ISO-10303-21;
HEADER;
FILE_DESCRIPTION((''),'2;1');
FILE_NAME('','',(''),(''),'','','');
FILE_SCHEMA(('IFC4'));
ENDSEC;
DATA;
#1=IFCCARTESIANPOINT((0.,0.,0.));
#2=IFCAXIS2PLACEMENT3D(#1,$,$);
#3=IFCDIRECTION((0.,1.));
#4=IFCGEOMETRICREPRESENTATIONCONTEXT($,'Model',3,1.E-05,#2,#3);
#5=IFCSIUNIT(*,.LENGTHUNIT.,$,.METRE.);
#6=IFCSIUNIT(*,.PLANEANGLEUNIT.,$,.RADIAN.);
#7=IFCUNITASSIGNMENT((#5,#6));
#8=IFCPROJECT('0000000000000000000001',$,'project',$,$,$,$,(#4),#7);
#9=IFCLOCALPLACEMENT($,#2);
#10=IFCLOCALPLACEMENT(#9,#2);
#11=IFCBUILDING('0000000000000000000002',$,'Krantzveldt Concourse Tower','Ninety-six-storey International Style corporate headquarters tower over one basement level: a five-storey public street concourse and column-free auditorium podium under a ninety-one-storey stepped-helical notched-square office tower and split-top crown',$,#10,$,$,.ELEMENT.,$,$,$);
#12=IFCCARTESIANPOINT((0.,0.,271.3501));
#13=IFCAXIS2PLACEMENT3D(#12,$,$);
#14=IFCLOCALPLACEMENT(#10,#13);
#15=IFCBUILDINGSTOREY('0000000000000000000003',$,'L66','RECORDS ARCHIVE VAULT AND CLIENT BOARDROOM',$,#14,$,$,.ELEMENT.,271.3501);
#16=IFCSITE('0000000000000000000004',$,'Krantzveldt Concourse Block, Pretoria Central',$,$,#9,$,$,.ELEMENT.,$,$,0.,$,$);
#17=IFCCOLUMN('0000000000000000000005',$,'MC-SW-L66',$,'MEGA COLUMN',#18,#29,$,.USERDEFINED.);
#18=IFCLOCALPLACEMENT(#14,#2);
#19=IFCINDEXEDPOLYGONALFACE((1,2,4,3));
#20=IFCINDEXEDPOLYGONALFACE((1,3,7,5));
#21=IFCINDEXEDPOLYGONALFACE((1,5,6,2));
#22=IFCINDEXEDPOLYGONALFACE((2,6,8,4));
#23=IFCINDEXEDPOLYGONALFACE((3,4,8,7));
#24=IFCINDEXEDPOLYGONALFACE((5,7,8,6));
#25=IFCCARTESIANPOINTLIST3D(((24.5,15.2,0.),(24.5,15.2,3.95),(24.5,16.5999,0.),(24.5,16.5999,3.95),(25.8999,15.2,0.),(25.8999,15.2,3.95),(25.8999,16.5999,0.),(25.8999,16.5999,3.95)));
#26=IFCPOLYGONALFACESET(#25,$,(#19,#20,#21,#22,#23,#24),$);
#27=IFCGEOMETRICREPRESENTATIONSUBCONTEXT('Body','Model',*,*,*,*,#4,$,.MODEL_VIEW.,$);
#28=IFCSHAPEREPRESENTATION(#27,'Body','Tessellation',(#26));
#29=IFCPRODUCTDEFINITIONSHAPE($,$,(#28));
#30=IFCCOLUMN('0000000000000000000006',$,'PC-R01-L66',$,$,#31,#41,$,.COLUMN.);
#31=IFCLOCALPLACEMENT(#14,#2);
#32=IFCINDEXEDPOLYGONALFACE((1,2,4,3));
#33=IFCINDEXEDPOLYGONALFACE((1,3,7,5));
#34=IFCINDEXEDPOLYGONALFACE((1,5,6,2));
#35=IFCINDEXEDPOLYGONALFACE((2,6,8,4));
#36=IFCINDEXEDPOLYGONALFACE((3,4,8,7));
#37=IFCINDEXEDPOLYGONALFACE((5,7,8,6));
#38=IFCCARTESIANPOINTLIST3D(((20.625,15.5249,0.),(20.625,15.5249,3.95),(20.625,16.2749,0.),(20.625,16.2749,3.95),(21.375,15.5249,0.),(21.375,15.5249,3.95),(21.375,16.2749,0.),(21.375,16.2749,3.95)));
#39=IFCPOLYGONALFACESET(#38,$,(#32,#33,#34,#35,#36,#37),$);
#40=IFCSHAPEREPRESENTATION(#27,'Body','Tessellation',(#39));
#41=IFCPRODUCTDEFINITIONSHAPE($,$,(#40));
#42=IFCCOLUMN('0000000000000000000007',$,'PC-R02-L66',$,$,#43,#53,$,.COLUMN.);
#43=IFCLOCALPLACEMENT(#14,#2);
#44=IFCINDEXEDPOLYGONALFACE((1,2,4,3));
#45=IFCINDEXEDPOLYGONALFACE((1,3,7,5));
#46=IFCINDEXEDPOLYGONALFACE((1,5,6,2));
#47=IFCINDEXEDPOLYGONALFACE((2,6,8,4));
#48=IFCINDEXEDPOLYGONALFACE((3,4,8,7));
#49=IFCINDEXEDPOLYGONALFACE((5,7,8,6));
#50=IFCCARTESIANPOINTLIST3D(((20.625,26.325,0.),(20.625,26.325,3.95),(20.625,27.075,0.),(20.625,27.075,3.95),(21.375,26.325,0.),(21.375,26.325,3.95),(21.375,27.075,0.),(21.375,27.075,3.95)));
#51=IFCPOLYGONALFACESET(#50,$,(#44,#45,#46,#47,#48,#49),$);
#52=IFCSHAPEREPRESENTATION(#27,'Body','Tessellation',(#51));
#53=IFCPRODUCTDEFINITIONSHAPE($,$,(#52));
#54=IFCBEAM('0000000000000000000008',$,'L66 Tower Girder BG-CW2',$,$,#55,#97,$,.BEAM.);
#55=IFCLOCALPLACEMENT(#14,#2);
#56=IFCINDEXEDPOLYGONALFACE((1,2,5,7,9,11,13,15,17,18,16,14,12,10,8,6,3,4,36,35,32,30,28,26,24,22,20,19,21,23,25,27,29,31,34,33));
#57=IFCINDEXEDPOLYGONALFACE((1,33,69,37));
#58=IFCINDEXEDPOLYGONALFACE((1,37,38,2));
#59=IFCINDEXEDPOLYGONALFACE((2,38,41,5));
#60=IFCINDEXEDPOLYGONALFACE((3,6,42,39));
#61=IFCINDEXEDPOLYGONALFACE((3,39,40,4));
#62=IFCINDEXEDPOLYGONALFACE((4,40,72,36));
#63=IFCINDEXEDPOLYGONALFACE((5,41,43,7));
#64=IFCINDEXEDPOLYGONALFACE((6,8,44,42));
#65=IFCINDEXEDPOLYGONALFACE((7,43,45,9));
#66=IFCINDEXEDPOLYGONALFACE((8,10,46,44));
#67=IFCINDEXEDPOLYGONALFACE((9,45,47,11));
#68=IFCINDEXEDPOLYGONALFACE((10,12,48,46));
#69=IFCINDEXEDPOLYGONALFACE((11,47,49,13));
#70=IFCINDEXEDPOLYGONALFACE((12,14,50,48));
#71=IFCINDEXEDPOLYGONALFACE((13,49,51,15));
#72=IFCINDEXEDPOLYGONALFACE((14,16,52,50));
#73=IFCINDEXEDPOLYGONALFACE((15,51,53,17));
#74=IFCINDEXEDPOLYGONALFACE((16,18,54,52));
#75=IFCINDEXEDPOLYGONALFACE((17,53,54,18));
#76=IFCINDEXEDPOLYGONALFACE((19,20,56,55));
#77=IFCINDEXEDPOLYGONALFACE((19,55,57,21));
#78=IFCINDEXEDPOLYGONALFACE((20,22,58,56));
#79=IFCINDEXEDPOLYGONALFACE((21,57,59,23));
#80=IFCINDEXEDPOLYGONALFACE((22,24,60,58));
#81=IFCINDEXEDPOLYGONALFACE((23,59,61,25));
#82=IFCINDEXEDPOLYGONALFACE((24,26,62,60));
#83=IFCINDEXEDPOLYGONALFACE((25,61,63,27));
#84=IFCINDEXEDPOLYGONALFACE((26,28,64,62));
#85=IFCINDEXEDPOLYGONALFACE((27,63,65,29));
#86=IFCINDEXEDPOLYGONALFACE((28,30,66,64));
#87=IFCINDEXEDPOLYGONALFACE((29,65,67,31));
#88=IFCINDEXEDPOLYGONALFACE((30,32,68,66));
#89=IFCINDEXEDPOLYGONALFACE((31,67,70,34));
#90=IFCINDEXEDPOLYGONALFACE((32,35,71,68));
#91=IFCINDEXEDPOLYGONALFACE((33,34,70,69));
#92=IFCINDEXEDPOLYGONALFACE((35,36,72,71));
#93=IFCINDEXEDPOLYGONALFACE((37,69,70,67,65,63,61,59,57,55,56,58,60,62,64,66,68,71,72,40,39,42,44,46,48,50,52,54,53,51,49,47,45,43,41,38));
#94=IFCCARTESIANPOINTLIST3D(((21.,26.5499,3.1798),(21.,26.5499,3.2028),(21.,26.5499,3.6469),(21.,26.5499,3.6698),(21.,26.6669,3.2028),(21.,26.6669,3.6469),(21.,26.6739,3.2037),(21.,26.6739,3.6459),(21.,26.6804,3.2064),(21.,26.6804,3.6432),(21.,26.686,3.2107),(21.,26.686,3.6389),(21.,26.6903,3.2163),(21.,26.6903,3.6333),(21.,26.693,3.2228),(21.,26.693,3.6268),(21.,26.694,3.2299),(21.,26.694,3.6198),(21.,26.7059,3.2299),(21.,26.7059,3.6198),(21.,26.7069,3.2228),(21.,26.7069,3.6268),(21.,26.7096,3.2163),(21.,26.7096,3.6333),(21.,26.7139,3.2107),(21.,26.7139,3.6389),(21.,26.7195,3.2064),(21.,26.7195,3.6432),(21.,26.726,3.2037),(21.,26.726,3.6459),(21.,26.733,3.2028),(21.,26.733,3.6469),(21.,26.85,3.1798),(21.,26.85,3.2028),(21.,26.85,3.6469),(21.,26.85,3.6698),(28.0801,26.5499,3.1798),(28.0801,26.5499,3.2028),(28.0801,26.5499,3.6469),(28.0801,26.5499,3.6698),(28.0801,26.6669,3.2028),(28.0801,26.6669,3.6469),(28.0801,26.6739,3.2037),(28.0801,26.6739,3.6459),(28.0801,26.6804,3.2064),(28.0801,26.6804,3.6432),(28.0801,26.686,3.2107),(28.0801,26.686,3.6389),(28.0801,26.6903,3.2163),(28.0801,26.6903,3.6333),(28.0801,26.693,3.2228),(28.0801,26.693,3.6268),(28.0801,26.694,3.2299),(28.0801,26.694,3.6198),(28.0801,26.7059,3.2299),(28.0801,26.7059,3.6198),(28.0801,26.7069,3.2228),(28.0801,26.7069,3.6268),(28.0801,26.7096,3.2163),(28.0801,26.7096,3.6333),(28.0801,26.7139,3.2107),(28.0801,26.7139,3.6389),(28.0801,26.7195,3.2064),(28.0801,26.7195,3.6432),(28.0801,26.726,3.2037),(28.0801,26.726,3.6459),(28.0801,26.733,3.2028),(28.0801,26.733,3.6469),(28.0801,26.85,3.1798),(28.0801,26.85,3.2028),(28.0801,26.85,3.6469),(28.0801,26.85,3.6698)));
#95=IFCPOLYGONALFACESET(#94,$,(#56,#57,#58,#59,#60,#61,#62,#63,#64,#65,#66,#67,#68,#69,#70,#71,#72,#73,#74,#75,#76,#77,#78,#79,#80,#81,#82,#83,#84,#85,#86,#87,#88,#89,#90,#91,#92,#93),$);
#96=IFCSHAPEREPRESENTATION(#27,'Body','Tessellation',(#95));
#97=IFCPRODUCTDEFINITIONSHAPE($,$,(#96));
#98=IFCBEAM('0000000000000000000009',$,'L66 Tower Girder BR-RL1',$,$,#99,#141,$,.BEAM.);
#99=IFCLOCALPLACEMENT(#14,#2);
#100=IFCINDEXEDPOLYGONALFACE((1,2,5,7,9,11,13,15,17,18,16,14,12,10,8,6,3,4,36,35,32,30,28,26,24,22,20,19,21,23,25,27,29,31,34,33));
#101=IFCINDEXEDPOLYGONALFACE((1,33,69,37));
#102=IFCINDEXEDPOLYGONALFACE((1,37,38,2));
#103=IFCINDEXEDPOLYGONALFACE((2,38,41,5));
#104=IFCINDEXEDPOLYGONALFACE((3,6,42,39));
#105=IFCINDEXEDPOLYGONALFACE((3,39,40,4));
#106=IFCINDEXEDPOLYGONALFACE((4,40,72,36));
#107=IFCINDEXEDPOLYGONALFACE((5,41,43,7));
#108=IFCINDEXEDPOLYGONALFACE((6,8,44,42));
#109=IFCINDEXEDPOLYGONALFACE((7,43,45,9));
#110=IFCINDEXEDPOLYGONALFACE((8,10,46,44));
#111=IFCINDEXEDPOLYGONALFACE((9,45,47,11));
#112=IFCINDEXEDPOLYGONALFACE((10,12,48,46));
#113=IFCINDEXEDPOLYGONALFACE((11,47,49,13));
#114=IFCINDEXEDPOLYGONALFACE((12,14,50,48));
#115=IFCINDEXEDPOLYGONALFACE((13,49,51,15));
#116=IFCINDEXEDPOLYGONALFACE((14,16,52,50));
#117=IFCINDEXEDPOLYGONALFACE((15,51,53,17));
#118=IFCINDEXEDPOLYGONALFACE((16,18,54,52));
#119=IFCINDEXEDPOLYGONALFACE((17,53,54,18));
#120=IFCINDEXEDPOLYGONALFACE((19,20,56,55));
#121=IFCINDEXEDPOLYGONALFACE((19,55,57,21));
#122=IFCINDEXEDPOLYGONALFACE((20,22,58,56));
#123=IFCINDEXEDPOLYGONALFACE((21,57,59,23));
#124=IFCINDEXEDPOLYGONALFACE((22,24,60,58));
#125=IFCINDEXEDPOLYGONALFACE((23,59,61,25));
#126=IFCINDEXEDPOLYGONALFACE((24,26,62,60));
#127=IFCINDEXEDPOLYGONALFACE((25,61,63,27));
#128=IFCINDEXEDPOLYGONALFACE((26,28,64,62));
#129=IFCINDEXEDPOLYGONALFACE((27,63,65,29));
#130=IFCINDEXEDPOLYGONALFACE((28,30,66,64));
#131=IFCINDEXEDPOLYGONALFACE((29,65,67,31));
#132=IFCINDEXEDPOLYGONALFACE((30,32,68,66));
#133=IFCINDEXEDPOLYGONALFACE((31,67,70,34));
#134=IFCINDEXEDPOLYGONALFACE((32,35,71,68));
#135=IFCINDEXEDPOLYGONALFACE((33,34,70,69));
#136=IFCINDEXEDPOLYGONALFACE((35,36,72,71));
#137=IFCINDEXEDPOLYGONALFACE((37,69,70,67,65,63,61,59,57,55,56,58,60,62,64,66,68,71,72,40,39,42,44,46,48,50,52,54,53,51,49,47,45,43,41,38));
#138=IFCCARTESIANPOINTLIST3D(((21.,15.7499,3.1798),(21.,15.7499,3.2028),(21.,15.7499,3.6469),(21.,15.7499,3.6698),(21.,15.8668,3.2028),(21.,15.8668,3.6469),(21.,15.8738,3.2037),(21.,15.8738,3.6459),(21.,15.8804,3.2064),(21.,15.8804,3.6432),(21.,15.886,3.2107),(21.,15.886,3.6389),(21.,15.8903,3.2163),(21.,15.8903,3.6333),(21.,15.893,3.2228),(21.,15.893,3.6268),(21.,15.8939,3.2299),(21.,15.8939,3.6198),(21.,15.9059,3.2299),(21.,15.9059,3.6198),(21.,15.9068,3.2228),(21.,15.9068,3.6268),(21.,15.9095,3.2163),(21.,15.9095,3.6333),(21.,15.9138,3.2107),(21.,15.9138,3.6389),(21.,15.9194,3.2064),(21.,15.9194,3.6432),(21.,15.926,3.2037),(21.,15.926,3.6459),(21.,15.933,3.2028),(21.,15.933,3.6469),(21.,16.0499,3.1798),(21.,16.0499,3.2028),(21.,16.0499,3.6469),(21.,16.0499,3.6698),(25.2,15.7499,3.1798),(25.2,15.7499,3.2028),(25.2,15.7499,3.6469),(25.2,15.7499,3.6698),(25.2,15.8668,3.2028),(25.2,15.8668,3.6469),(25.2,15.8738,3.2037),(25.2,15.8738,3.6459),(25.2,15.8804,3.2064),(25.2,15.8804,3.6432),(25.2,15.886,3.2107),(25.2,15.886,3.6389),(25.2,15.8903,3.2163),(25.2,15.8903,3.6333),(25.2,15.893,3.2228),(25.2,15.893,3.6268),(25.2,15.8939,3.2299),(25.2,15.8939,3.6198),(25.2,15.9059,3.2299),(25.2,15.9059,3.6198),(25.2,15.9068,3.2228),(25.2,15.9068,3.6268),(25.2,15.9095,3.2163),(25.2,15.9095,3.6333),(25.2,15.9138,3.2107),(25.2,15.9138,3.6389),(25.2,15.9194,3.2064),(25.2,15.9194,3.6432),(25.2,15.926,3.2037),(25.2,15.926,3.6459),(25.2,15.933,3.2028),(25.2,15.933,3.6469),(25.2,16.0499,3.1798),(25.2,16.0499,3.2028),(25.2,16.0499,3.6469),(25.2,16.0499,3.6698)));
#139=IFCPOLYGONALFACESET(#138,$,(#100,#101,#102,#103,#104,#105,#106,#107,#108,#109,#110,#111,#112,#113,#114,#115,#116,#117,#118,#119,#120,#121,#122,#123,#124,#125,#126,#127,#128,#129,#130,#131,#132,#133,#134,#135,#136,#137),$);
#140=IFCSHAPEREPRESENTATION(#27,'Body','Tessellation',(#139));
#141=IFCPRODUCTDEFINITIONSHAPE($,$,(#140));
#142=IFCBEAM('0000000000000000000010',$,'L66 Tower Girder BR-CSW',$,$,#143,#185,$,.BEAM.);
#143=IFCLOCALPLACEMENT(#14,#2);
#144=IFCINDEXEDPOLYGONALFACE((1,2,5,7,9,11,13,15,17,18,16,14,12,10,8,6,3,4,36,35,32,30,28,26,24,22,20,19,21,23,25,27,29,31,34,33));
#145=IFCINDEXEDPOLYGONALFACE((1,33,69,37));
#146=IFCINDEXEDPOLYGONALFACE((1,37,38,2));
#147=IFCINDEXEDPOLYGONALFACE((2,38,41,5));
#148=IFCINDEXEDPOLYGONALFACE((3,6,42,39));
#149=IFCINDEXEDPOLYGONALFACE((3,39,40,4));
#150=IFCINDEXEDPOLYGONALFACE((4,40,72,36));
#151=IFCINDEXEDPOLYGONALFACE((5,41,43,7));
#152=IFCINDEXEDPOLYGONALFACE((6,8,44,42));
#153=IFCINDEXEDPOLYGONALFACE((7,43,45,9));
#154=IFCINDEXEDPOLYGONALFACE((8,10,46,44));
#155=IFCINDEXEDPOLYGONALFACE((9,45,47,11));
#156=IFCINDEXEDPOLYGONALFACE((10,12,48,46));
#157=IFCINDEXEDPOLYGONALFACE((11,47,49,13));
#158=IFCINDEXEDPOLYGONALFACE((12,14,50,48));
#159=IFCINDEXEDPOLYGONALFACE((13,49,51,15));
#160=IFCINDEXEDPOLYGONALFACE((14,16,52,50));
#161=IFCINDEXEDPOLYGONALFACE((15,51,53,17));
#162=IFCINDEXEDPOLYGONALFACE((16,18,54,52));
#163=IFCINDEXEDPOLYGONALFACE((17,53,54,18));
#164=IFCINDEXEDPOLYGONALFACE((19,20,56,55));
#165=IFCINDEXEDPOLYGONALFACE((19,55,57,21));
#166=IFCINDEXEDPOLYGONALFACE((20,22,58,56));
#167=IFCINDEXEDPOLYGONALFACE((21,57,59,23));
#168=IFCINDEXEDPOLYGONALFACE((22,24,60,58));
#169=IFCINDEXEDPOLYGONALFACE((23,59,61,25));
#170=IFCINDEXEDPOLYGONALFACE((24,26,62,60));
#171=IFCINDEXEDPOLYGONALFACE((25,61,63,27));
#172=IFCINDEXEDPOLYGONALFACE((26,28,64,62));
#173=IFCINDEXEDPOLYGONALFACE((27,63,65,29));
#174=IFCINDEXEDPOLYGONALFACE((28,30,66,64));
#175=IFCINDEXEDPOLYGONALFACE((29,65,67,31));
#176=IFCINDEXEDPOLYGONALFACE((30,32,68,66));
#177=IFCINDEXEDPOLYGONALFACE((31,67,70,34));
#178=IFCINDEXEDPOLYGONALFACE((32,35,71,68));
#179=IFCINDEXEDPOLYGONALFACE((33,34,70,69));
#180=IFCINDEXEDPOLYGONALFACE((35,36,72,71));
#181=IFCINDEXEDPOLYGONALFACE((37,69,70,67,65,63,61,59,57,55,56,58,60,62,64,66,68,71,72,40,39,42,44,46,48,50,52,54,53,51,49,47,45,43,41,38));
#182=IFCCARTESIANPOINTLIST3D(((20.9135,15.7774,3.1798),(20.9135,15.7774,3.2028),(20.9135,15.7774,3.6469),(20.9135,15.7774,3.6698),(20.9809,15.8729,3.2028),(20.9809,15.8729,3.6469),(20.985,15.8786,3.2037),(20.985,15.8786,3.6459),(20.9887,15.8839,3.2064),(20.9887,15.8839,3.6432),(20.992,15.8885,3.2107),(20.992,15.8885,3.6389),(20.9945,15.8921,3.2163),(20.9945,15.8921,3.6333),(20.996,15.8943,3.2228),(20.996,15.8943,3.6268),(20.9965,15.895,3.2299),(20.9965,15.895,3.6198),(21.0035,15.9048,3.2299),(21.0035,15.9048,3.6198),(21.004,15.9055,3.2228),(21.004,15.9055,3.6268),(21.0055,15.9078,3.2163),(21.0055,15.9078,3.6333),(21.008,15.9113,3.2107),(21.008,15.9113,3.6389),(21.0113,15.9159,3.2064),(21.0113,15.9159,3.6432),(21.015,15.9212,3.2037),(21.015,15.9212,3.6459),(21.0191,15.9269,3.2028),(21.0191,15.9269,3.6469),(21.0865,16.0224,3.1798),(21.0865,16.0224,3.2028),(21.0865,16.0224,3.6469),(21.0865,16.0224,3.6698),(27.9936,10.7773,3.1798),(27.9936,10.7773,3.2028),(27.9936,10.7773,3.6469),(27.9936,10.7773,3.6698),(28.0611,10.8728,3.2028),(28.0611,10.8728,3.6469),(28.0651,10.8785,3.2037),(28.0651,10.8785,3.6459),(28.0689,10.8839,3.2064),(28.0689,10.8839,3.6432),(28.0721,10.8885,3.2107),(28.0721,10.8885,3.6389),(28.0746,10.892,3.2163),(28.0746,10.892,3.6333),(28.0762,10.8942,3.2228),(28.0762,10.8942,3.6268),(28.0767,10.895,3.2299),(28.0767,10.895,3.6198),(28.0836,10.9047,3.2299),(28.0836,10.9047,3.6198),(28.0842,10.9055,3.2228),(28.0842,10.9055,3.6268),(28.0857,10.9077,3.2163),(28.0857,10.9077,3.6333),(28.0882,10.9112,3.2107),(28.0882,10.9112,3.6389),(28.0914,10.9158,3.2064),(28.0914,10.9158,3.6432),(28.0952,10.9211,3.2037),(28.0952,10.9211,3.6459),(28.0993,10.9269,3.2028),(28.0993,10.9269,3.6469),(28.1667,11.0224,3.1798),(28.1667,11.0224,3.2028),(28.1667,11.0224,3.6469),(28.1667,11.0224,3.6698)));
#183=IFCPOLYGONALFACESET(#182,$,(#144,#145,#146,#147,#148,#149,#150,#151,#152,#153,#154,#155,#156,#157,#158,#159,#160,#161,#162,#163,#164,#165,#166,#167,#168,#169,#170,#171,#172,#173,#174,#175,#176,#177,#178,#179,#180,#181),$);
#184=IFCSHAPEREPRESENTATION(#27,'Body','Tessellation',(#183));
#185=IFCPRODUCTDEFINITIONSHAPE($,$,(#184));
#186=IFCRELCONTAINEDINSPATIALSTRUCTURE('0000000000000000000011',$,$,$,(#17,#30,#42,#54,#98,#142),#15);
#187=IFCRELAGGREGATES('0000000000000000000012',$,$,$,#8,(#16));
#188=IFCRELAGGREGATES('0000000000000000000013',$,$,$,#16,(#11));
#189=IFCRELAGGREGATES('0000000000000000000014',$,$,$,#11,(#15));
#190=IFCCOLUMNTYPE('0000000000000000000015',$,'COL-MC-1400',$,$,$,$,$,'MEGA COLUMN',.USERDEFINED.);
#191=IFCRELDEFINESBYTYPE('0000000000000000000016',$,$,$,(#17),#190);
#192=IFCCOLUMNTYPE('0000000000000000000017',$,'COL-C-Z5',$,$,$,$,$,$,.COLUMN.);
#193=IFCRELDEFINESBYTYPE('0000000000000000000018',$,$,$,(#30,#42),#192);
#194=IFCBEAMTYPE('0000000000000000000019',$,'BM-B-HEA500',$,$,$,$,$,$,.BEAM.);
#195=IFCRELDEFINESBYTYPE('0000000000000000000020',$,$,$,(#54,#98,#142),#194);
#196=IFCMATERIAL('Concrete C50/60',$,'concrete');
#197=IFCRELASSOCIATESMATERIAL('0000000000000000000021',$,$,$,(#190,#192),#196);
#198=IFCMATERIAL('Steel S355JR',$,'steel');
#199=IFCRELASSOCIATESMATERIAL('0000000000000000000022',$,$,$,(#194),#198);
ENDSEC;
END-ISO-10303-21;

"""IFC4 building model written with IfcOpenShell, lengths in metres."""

from ifc_helpers import new_model, si_unit, direction, frame, origin, origin_2d, place, context, subcontext, project, spatial, rectangle, i_section, extrude, source, transform, mapped, material, material_profile, profile_set, type_object, type_shapes, element, save


model = new_model("IFC4")

# Units and contexts
model_context = context("Model", 3, precision=1e-05, world=origin(), true_north=direction((0.0, 1.0)))
body_context = subcontext(model_context, "Body", "Model", "MODEL_VIEW")
ifc_project = project(units=[si_unit("LENGTHUNIT", "METRE"), si_unit("PLANEANGLEUNIT", "RADIAN")], contexts=[model_context])

# Site, building, storey
site_placement = place(None, origin())
site = spatial("IfcSite", under=ifc_project, at=site_placement, Name="Krantzveldt Concourse Block, Pretoria Central", CompositionType="ELEMENT", RefElevation=0.0)
building_placement = place(site_placement, origin())
building = spatial("IfcBuilding", under=site, at=building_placement, Name="Krantzveldt Concourse Tower", Description="Ninety-six-storey International Style corporate headquarters tower over one basement level: a five-storey public street concourse and column-free auditorium podium under a ninety-one-storey stepped-helical notched-square office tower and split-top crown", CompositionType="ELEMENT")
storey_placement = place(building_placement, frame((0.0, 0.0, 271.3501)))
storey = spatial("IfcBuildingStorey", under=building, at=storey_placement, Name="L66", Description="RECORDS ARCHIVE VAULT AND CLIENT BOARDROOM", CompositionType="ELEMENT", Elevation=271.3501)

# Columns
ifc_material_1 = material(Name="Concrete C50/60", Category="concrete")
ifc_material_profile_1 = material_profile(ifc_material_1, rectangle(XDim=1.3999, YDim=1.3999, at=origin_2d()), Name="Concrete C50/60", Category="concrete")
ifc_profile_set_1 = profile_set([ifc_material_profile_1], Name="Concrete C50/60 - RC 1400x1400")
column_type_1 = type_object("IfcColumnType", Name="COL-MC-1400", ElementType="MEGA COLUMN", PredefinedType="USERDEFINED", material=ifc_profile_set_1)
shared_shape_1 = source(origin(), body_context, "Body", "SweptSolid", [
    extrude(rectangle(XDim=1.3999, YDim=1.3999, at=origin_2d()), origin(), (0.0, 0.0, 1.0), 3.95),
])
type_shapes(column_type_1, [shared_shape_1])
column_placement = place(storey_placement, frame((25.2, 15.8999, 0.0), z_axis=(0.0, 0.0, 1.0), x_axis=(1.0, 0.0, 0.0)))
element("IfcColumn", 1, at=column_placement, inside=storey, type_object=column_type_1, Name="MC-SW-L66", ObjectType="MEGA COLUMN", PredefinedType="USERDEFINED", context=body_context, shape_type="MappedRepresentation", body=[
    mapped(shared_shape_1, transform((0.0, 0.0, 0.0), x_axis=(1.0, 0.0, 0.0), y_axis=(0.0, 1.0, 0.0), z_axis=(0.0, 0.0, 1.0), scale=1.0)),
])
ifc_material_profile_2 = material_profile(ifc_material_1, rectangle(XDim=0.75, YDim=0.75, at=origin_2d()), Name="Concrete C50/60", Category="concrete")
ifc_profile_set_2 = profile_set([ifc_material_profile_2], Name="Concrete C50/60 - RC 750x750")
column_type_2 = type_object("IfcColumnType", Name="COL-C-Z5", PredefinedType="COLUMN", material=ifc_profile_set_2)
shared_shape_2 = source(origin(), body_context, "Body", "SweptSolid", [
    extrude(rectangle(XDim=0.75, YDim=0.75, at=origin_2d()), origin(), (0.0, 0.0, 1.0), 3.95),
])
type_shapes(column_type_2, [shared_shape_2])
for number, where, z_axis, x_axis, name in (
    (2, (21.0, 15.8999, 0.0), (0.0, 0.0, 1.0), (1.0, 0.0, 0.0), "PC-R01-L66"),
    (3, (21.0, 26.7, 0.0), (0.0, 0.0, 1.0), (1.0, 0.0, 0.0), "PC-R02-L66"),
):
    element("IfcColumn", number, at=place(storey_placement, frame(where, z_axis=z_axis, x_axis=x_axis)), inside=storey, type_object=column_type_2, Name=name, PredefinedType="COLUMN", context=body_context, shape_type="MappedRepresentation", body=[
        mapped(shared_shape_2, transform((0.0, 0.0, 0.0), x_axis=(1.0, 0.0, 0.0), y_axis=(0.0, 1.0, 0.0), z_axis=(0.0, 0.0, 1.0), scale=1.0)),
    ])

# Beams
ifc_material_2 = material(Name="Steel S355JR", Category="steel")
ifc_material_profile_3 = material_profile(ifc_material_2, i_section(OverallWidth=0.3, OverallDepth=0.49, WebThickness=0.012, FlangeThickness=0.0229, FilletRadius=0.0271, at=origin_2d()), Name="Steel S355JR", Category="steel")
ifc_profile_set_3 = profile_set([ifc_material_profile_3], Name="Steel S355JR - HEA 500")
beam_type_1 = type_object("IfcBeamType", Name="BM-B-HEA500", PredefinedType="BEAM", material=ifc_profile_set_3)
shared_shape_3 = source(origin(), body_context, "Body", "SweptSolid", [
    extrude(i_section(OverallWidth=0.3, OverallDepth=0.49, WebThickness=0.012, FlangeThickness=0.0229, FilletRadius=0.0271, at=origin_2d()), origin(), (0.0, 0.0, 1.0), 7.0801),
])
beam_1_placement = place(storey_placement, frame((21.0, 26.7, 3.4248), z_axis=(1.0, 0.0, 0.0), x_axis=(0.0, 1.0, 0.0)))
element("IfcBeam", 4, at=beam_1_placement, inside=storey, type_object=beam_type_1, Name="L66 Tower Girder BG-CW2", PredefinedType="BEAM", context=body_context, shape_type="MappedRepresentation", body=[
    mapped(shared_shape_3, transform((0.0, 0.0, 0.0), x_axis=(1.0, 0.0, 0.0), y_axis=(0.0, 1.0, 0.0), z_axis=(0.0, 0.0, 1.0), scale=1.0)),
])
shared_shape_4 = source(origin(), body_context, "Body", "SweptSolid", [
    extrude(i_section(OverallWidth=0.3, OverallDepth=0.49, WebThickness=0.012, FlangeThickness=0.0229, FilletRadius=0.0271, at=origin_2d()), origin(), (0.0, 0.0, 1.0), 4.2),
])
beam_2_placement = place(storey_placement, frame((21.0, 15.8999, 3.4248), z_axis=(1.0, 0.0, 0.0), x_axis=(0.0, 1.0, 0.0)))
element("IfcBeam", 5, at=beam_2_placement, inside=storey, type_object=beam_type_1, Name="L66 Tower Girder BR-RL1", PredefinedType="BEAM", context=body_context, shape_type="MappedRepresentation", body=[
    mapped(shared_shape_4, transform((0.0, 0.0, 0.0), x_axis=(1.0, 0.0, 0.0), y_axis=(0.0, 1.0, 0.0), z_axis=(0.0, 0.0, 1.0), scale=1.0)),
])
shared_shape_5 = source(origin(), body_context, "Body", "SweptSolid", [
    extrude(i_section(OverallWidth=0.3, OverallDepth=0.49, WebThickness=0.012, FlangeThickness=0.0229, FilletRadius=0.0271, at=origin_2d()), origin(), (0.0, 0.0, 1.0), 8.6677),
])
type_shapes(beam_type_1, [shared_shape_3, shared_shape_4, shared_shape_5])
beam_3_placement = place(storey_placement, frame((21.0, 15.8999, 3.4248), z_axis=(0.816843, -0.57686, 0.0), x_axis=(0.57686, 0.816843, 0.0)))
element("IfcBeam", 6, at=beam_3_placement, inside=storey, type_object=beam_type_1, Name="L66 Tower Girder BR-CSW", PredefinedType="BEAM", context=body_context, shape_type="MappedRepresentation", body=[
    mapped(shared_shape_5, transform((0.0, 0.0, 0.0), x_axis=(1.0, 0.0, 0.0), y_axis=(0.0, 1.0, 0.0), z_axis=(0.0, 0.0, 1.0), scale=1.0)),
])

save(model, "model.ifc")
